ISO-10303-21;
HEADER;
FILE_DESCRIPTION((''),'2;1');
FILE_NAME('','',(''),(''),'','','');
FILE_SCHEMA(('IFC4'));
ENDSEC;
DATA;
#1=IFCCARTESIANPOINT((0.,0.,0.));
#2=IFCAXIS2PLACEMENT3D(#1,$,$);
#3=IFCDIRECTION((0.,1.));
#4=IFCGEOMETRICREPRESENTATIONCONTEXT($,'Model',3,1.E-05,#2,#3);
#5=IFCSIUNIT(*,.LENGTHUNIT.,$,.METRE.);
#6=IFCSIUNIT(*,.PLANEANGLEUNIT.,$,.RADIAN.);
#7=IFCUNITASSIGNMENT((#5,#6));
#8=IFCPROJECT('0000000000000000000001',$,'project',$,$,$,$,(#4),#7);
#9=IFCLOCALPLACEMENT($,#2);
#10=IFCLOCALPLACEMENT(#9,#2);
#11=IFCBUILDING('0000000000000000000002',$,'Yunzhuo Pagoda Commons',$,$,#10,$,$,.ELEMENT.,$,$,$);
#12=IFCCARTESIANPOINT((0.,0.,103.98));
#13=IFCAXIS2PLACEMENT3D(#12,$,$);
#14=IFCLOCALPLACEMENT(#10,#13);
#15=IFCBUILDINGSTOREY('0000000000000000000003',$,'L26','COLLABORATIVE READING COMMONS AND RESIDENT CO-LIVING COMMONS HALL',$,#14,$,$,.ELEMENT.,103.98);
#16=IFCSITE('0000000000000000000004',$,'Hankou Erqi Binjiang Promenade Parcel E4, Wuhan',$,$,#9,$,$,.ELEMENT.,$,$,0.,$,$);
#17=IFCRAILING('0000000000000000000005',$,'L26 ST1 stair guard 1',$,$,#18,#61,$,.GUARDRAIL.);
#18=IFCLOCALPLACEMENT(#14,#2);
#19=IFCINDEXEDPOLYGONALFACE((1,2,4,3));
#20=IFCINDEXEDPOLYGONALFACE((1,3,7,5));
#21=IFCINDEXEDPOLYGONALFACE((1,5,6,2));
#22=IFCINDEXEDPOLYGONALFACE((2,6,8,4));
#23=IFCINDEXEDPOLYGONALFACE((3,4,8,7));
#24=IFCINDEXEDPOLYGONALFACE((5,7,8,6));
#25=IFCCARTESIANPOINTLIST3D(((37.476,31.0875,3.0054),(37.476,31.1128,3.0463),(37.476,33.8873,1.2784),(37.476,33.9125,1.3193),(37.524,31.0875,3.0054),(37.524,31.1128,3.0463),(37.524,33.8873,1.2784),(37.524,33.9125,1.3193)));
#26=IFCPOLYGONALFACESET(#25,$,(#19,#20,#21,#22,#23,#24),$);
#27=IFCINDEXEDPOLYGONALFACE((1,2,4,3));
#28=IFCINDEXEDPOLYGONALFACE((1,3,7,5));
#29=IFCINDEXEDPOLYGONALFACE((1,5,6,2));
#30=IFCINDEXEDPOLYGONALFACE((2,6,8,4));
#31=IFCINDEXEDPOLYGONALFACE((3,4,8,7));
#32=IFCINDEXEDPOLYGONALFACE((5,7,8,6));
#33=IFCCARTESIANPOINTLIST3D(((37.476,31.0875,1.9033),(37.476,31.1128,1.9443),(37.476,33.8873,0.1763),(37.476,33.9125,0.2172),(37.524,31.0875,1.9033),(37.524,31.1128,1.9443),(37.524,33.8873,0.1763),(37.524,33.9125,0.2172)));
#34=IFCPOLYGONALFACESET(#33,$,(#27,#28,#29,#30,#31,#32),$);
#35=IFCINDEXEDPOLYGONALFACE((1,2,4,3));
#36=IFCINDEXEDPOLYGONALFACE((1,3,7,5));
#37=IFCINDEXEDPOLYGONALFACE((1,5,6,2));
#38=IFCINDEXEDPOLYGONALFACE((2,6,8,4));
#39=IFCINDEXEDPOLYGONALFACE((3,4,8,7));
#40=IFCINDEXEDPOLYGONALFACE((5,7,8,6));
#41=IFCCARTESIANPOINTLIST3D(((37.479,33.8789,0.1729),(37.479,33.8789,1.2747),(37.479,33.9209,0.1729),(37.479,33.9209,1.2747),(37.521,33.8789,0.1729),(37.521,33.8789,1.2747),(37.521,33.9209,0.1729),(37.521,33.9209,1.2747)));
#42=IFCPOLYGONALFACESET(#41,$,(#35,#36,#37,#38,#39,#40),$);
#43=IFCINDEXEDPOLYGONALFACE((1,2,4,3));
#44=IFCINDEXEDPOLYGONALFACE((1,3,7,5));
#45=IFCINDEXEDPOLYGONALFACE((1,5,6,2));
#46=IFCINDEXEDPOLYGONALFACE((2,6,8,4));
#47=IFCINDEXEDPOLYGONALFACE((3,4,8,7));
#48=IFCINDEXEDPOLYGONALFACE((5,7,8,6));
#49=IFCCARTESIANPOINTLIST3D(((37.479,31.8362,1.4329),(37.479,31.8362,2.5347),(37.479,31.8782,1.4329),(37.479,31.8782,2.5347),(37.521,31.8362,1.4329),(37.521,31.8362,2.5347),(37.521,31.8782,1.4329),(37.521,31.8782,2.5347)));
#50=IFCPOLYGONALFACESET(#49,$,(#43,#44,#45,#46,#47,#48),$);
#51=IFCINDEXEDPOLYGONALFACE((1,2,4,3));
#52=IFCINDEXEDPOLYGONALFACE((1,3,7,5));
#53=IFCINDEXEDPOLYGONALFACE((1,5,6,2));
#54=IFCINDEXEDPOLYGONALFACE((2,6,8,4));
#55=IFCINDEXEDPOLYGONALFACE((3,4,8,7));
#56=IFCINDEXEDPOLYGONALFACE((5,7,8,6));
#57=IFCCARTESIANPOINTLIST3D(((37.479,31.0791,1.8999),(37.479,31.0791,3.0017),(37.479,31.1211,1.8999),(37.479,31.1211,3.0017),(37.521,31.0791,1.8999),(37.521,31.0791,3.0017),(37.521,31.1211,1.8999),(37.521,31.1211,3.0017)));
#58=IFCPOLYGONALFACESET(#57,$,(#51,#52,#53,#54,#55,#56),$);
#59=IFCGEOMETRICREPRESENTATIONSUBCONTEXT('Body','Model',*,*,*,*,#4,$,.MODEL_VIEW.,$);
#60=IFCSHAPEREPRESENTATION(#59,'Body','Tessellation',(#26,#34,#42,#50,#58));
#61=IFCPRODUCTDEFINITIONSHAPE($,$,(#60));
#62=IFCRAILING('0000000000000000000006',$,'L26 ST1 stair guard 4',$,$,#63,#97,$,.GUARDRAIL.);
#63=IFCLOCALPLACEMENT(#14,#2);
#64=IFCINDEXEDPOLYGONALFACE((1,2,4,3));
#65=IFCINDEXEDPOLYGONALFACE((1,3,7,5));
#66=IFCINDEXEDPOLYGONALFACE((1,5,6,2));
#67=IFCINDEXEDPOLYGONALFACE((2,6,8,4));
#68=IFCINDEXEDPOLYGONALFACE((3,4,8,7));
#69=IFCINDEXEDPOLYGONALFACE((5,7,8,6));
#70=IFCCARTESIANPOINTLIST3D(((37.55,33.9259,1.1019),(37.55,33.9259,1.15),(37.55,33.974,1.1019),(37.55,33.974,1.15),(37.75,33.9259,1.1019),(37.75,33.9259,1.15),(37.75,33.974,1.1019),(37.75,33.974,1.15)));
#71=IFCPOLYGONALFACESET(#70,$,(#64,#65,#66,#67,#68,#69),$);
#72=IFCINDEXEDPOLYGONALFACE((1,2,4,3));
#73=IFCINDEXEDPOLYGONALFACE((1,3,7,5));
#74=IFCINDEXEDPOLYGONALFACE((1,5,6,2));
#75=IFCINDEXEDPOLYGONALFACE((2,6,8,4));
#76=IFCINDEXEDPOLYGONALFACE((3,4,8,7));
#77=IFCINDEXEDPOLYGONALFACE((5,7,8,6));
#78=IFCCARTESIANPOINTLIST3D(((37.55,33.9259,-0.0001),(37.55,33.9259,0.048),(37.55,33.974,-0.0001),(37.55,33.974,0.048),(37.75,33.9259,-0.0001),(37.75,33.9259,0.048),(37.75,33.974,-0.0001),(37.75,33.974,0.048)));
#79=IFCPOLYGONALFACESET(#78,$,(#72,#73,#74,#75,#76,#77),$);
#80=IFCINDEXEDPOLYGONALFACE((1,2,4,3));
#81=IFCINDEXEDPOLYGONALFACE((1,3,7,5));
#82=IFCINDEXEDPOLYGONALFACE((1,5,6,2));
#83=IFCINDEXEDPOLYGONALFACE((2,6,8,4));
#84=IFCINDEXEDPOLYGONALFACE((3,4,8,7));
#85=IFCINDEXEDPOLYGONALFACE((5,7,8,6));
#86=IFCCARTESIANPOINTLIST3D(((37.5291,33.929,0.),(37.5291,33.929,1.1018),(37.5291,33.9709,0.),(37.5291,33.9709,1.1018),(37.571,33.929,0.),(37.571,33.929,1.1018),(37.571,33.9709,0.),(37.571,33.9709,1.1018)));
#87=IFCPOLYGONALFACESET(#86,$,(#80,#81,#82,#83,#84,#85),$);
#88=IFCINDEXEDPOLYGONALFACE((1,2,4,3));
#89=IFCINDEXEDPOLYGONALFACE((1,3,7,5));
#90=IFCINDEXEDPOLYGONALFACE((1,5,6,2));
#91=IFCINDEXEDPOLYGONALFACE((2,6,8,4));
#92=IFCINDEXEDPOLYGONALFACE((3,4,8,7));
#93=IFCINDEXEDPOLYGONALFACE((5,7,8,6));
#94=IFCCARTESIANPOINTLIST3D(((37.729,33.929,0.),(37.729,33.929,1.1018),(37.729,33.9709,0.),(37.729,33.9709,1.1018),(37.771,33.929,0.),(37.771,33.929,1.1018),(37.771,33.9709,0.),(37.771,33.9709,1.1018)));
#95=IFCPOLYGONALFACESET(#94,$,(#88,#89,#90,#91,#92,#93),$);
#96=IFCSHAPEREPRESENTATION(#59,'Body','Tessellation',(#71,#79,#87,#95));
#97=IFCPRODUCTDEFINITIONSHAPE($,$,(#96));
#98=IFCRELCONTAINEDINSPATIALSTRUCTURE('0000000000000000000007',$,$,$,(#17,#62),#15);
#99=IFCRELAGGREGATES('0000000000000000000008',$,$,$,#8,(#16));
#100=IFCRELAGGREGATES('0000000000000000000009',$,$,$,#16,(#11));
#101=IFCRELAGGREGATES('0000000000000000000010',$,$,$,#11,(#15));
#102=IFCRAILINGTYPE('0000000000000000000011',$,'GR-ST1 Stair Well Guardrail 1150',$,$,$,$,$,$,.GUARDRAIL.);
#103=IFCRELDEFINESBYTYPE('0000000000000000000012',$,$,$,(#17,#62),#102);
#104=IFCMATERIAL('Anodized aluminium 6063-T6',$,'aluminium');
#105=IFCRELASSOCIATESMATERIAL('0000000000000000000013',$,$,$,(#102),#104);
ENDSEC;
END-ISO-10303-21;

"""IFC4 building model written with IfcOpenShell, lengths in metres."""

from ifc_helpers import new_model, si_unit, direction, frame, origin, origin_2d, place, context, subcontext, project, spatial, rectangle, extrude, material, type_object, element, save


model = new_model("IFC4")

# Units and contexts
model_context = context("Model", 3, precision=1e-05, world=origin(), true_north=direction((0.0, 1.0)))
body_context = subcontext(model_context, "Body", "Model", "MODEL_VIEW")
ifc_project = project(units=[si_unit("LENGTHUNIT", "METRE"), si_unit("PLANEANGLEUNIT", "RADIAN")], contexts=[model_context])

# Site, building, storey
site_placement = place(None, origin())
site = spatial("IfcSite", under=ifc_project, at=site_placement, Name="Hankou Erqi Binjiang Promenade Parcel E4, Wuhan", CompositionType="ELEMENT", RefElevation=0.0)
building_placement = place(site_placement, origin())
building = spatial("IfcBuilding", under=site, at=building_placement, Name="Yunzhuo Pagoda Commons", CompositionType="ELEMENT")
storey_placement = place(building_placement, frame((0.0, 0.0, 103.98)))
storey = spatial("IfcBuildingStorey", under=building, at=storey_placement, Name="L26", Description="COLLABORATIVE READING COMMONS AND RESIDENT CO-LIVING COMMONS HALL", CompositionType="ELEMENT", Elevation=103.98)

# Railings
ifc_material_1 = material(Name="Anodized aluminium 6063-T6", Category="aluminium")
railing_type = type_object("IfcRailingType", Name="GR-ST1 Stair Well Guardrail 1150", PredefinedType="GUARDRAIL", material=ifc_material_1)
railing_1_placement = place(storey_placement, frame((37.5, 33.8999, 0.1729)))
element("IfcRailing", 1, at=railing_1_placement, inside=storey, type_object=railing_type, Name="L26 ST1 stair guard 1", PredefinedType="GUARDRAIL", context=body_context, shape_type="SweptSolid", body=[
    extrude(rectangle(XDim=0.0481, YDim=0.0481, at=origin_2d()), frame((0.0, 0.0, 1.126), z_axis=(0.0, -0.851102, 0.525), x_axis=(1.0, 0.0, 0.0)), (0.0, 0.0, 1.0), 3.2896),
    extrude(rectangle(XDim=0.0481, YDim=0.0481, at=origin_2d()), frame((0.0, 0.0, 0.0239), z_axis=(0.0, -0.851102, 0.525), x_axis=(1.0, 0.0, 0.0)), (0.0, 0.0, 1.0), 3.2896),
    extrude(rectangle(XDim=0.042, YDim=0.042, at=origin_2d()), origin(), (0.0, 0.0, 1.0), 1.1018),
    extrude(rectangle(XDim=0.042, YDim=0.042, at=origin_2d()), frame((0.0, -2.0427, 1.26)), (0.0, 0.0, 1.0), 1.1018),
    extrude(rectangle(XDim=0.042, YDim=0.042, at=origin_2d()), frame((0.0, -2.7998, 1.7271)), (0.0, 0.0, 1.0), 1.1018),
])
railing_2_placement = place(storey_placement, frame((37.55, 33.95, 0.0)))
element("IfcRailing", 2, at=railing_2_placement, inside=storey, type_object=railing_type, Name="L26 ST1 stair guard 4", PredefinedType="GUARDRAIL", context=body_context, shape_type="SweptSolid", body=[
    extrude(rectangle(XDim=0.0481, YDim=0.0481, at=origin_2d()), frame((0.0, 0.0, 1.126), z_axis=(1.0, 0.0, 0.0), x_axis=(0.0, 1.0, 0.0)), (0.0, 0.0, 1.0), 0.2),
    extrude(rectangle(XDim=0.0481, YDim=0.0481, at=origin_2d()), frame((0.0, 0.0, 0.0239), z_axis=(1.0, 0.0, 0.0), x_axis=(0.0, 1.0, 0.0)), (0.0, 0.0, 1.0), 0.2),
    extrude(rectangle(XDim=0.042, YDim=0.042, at=origin_2d()), origin(), (0.0, 0.0, 1.0), 1.1018),
    extrude(rectangle(XDim=0.042, YDim=0.042, at=origin_2d()), frame((0.2, 0.0, 0.0)), (0.0, 0.0, 1.0), 1.1018),
])

save(model, "model.ifc")
